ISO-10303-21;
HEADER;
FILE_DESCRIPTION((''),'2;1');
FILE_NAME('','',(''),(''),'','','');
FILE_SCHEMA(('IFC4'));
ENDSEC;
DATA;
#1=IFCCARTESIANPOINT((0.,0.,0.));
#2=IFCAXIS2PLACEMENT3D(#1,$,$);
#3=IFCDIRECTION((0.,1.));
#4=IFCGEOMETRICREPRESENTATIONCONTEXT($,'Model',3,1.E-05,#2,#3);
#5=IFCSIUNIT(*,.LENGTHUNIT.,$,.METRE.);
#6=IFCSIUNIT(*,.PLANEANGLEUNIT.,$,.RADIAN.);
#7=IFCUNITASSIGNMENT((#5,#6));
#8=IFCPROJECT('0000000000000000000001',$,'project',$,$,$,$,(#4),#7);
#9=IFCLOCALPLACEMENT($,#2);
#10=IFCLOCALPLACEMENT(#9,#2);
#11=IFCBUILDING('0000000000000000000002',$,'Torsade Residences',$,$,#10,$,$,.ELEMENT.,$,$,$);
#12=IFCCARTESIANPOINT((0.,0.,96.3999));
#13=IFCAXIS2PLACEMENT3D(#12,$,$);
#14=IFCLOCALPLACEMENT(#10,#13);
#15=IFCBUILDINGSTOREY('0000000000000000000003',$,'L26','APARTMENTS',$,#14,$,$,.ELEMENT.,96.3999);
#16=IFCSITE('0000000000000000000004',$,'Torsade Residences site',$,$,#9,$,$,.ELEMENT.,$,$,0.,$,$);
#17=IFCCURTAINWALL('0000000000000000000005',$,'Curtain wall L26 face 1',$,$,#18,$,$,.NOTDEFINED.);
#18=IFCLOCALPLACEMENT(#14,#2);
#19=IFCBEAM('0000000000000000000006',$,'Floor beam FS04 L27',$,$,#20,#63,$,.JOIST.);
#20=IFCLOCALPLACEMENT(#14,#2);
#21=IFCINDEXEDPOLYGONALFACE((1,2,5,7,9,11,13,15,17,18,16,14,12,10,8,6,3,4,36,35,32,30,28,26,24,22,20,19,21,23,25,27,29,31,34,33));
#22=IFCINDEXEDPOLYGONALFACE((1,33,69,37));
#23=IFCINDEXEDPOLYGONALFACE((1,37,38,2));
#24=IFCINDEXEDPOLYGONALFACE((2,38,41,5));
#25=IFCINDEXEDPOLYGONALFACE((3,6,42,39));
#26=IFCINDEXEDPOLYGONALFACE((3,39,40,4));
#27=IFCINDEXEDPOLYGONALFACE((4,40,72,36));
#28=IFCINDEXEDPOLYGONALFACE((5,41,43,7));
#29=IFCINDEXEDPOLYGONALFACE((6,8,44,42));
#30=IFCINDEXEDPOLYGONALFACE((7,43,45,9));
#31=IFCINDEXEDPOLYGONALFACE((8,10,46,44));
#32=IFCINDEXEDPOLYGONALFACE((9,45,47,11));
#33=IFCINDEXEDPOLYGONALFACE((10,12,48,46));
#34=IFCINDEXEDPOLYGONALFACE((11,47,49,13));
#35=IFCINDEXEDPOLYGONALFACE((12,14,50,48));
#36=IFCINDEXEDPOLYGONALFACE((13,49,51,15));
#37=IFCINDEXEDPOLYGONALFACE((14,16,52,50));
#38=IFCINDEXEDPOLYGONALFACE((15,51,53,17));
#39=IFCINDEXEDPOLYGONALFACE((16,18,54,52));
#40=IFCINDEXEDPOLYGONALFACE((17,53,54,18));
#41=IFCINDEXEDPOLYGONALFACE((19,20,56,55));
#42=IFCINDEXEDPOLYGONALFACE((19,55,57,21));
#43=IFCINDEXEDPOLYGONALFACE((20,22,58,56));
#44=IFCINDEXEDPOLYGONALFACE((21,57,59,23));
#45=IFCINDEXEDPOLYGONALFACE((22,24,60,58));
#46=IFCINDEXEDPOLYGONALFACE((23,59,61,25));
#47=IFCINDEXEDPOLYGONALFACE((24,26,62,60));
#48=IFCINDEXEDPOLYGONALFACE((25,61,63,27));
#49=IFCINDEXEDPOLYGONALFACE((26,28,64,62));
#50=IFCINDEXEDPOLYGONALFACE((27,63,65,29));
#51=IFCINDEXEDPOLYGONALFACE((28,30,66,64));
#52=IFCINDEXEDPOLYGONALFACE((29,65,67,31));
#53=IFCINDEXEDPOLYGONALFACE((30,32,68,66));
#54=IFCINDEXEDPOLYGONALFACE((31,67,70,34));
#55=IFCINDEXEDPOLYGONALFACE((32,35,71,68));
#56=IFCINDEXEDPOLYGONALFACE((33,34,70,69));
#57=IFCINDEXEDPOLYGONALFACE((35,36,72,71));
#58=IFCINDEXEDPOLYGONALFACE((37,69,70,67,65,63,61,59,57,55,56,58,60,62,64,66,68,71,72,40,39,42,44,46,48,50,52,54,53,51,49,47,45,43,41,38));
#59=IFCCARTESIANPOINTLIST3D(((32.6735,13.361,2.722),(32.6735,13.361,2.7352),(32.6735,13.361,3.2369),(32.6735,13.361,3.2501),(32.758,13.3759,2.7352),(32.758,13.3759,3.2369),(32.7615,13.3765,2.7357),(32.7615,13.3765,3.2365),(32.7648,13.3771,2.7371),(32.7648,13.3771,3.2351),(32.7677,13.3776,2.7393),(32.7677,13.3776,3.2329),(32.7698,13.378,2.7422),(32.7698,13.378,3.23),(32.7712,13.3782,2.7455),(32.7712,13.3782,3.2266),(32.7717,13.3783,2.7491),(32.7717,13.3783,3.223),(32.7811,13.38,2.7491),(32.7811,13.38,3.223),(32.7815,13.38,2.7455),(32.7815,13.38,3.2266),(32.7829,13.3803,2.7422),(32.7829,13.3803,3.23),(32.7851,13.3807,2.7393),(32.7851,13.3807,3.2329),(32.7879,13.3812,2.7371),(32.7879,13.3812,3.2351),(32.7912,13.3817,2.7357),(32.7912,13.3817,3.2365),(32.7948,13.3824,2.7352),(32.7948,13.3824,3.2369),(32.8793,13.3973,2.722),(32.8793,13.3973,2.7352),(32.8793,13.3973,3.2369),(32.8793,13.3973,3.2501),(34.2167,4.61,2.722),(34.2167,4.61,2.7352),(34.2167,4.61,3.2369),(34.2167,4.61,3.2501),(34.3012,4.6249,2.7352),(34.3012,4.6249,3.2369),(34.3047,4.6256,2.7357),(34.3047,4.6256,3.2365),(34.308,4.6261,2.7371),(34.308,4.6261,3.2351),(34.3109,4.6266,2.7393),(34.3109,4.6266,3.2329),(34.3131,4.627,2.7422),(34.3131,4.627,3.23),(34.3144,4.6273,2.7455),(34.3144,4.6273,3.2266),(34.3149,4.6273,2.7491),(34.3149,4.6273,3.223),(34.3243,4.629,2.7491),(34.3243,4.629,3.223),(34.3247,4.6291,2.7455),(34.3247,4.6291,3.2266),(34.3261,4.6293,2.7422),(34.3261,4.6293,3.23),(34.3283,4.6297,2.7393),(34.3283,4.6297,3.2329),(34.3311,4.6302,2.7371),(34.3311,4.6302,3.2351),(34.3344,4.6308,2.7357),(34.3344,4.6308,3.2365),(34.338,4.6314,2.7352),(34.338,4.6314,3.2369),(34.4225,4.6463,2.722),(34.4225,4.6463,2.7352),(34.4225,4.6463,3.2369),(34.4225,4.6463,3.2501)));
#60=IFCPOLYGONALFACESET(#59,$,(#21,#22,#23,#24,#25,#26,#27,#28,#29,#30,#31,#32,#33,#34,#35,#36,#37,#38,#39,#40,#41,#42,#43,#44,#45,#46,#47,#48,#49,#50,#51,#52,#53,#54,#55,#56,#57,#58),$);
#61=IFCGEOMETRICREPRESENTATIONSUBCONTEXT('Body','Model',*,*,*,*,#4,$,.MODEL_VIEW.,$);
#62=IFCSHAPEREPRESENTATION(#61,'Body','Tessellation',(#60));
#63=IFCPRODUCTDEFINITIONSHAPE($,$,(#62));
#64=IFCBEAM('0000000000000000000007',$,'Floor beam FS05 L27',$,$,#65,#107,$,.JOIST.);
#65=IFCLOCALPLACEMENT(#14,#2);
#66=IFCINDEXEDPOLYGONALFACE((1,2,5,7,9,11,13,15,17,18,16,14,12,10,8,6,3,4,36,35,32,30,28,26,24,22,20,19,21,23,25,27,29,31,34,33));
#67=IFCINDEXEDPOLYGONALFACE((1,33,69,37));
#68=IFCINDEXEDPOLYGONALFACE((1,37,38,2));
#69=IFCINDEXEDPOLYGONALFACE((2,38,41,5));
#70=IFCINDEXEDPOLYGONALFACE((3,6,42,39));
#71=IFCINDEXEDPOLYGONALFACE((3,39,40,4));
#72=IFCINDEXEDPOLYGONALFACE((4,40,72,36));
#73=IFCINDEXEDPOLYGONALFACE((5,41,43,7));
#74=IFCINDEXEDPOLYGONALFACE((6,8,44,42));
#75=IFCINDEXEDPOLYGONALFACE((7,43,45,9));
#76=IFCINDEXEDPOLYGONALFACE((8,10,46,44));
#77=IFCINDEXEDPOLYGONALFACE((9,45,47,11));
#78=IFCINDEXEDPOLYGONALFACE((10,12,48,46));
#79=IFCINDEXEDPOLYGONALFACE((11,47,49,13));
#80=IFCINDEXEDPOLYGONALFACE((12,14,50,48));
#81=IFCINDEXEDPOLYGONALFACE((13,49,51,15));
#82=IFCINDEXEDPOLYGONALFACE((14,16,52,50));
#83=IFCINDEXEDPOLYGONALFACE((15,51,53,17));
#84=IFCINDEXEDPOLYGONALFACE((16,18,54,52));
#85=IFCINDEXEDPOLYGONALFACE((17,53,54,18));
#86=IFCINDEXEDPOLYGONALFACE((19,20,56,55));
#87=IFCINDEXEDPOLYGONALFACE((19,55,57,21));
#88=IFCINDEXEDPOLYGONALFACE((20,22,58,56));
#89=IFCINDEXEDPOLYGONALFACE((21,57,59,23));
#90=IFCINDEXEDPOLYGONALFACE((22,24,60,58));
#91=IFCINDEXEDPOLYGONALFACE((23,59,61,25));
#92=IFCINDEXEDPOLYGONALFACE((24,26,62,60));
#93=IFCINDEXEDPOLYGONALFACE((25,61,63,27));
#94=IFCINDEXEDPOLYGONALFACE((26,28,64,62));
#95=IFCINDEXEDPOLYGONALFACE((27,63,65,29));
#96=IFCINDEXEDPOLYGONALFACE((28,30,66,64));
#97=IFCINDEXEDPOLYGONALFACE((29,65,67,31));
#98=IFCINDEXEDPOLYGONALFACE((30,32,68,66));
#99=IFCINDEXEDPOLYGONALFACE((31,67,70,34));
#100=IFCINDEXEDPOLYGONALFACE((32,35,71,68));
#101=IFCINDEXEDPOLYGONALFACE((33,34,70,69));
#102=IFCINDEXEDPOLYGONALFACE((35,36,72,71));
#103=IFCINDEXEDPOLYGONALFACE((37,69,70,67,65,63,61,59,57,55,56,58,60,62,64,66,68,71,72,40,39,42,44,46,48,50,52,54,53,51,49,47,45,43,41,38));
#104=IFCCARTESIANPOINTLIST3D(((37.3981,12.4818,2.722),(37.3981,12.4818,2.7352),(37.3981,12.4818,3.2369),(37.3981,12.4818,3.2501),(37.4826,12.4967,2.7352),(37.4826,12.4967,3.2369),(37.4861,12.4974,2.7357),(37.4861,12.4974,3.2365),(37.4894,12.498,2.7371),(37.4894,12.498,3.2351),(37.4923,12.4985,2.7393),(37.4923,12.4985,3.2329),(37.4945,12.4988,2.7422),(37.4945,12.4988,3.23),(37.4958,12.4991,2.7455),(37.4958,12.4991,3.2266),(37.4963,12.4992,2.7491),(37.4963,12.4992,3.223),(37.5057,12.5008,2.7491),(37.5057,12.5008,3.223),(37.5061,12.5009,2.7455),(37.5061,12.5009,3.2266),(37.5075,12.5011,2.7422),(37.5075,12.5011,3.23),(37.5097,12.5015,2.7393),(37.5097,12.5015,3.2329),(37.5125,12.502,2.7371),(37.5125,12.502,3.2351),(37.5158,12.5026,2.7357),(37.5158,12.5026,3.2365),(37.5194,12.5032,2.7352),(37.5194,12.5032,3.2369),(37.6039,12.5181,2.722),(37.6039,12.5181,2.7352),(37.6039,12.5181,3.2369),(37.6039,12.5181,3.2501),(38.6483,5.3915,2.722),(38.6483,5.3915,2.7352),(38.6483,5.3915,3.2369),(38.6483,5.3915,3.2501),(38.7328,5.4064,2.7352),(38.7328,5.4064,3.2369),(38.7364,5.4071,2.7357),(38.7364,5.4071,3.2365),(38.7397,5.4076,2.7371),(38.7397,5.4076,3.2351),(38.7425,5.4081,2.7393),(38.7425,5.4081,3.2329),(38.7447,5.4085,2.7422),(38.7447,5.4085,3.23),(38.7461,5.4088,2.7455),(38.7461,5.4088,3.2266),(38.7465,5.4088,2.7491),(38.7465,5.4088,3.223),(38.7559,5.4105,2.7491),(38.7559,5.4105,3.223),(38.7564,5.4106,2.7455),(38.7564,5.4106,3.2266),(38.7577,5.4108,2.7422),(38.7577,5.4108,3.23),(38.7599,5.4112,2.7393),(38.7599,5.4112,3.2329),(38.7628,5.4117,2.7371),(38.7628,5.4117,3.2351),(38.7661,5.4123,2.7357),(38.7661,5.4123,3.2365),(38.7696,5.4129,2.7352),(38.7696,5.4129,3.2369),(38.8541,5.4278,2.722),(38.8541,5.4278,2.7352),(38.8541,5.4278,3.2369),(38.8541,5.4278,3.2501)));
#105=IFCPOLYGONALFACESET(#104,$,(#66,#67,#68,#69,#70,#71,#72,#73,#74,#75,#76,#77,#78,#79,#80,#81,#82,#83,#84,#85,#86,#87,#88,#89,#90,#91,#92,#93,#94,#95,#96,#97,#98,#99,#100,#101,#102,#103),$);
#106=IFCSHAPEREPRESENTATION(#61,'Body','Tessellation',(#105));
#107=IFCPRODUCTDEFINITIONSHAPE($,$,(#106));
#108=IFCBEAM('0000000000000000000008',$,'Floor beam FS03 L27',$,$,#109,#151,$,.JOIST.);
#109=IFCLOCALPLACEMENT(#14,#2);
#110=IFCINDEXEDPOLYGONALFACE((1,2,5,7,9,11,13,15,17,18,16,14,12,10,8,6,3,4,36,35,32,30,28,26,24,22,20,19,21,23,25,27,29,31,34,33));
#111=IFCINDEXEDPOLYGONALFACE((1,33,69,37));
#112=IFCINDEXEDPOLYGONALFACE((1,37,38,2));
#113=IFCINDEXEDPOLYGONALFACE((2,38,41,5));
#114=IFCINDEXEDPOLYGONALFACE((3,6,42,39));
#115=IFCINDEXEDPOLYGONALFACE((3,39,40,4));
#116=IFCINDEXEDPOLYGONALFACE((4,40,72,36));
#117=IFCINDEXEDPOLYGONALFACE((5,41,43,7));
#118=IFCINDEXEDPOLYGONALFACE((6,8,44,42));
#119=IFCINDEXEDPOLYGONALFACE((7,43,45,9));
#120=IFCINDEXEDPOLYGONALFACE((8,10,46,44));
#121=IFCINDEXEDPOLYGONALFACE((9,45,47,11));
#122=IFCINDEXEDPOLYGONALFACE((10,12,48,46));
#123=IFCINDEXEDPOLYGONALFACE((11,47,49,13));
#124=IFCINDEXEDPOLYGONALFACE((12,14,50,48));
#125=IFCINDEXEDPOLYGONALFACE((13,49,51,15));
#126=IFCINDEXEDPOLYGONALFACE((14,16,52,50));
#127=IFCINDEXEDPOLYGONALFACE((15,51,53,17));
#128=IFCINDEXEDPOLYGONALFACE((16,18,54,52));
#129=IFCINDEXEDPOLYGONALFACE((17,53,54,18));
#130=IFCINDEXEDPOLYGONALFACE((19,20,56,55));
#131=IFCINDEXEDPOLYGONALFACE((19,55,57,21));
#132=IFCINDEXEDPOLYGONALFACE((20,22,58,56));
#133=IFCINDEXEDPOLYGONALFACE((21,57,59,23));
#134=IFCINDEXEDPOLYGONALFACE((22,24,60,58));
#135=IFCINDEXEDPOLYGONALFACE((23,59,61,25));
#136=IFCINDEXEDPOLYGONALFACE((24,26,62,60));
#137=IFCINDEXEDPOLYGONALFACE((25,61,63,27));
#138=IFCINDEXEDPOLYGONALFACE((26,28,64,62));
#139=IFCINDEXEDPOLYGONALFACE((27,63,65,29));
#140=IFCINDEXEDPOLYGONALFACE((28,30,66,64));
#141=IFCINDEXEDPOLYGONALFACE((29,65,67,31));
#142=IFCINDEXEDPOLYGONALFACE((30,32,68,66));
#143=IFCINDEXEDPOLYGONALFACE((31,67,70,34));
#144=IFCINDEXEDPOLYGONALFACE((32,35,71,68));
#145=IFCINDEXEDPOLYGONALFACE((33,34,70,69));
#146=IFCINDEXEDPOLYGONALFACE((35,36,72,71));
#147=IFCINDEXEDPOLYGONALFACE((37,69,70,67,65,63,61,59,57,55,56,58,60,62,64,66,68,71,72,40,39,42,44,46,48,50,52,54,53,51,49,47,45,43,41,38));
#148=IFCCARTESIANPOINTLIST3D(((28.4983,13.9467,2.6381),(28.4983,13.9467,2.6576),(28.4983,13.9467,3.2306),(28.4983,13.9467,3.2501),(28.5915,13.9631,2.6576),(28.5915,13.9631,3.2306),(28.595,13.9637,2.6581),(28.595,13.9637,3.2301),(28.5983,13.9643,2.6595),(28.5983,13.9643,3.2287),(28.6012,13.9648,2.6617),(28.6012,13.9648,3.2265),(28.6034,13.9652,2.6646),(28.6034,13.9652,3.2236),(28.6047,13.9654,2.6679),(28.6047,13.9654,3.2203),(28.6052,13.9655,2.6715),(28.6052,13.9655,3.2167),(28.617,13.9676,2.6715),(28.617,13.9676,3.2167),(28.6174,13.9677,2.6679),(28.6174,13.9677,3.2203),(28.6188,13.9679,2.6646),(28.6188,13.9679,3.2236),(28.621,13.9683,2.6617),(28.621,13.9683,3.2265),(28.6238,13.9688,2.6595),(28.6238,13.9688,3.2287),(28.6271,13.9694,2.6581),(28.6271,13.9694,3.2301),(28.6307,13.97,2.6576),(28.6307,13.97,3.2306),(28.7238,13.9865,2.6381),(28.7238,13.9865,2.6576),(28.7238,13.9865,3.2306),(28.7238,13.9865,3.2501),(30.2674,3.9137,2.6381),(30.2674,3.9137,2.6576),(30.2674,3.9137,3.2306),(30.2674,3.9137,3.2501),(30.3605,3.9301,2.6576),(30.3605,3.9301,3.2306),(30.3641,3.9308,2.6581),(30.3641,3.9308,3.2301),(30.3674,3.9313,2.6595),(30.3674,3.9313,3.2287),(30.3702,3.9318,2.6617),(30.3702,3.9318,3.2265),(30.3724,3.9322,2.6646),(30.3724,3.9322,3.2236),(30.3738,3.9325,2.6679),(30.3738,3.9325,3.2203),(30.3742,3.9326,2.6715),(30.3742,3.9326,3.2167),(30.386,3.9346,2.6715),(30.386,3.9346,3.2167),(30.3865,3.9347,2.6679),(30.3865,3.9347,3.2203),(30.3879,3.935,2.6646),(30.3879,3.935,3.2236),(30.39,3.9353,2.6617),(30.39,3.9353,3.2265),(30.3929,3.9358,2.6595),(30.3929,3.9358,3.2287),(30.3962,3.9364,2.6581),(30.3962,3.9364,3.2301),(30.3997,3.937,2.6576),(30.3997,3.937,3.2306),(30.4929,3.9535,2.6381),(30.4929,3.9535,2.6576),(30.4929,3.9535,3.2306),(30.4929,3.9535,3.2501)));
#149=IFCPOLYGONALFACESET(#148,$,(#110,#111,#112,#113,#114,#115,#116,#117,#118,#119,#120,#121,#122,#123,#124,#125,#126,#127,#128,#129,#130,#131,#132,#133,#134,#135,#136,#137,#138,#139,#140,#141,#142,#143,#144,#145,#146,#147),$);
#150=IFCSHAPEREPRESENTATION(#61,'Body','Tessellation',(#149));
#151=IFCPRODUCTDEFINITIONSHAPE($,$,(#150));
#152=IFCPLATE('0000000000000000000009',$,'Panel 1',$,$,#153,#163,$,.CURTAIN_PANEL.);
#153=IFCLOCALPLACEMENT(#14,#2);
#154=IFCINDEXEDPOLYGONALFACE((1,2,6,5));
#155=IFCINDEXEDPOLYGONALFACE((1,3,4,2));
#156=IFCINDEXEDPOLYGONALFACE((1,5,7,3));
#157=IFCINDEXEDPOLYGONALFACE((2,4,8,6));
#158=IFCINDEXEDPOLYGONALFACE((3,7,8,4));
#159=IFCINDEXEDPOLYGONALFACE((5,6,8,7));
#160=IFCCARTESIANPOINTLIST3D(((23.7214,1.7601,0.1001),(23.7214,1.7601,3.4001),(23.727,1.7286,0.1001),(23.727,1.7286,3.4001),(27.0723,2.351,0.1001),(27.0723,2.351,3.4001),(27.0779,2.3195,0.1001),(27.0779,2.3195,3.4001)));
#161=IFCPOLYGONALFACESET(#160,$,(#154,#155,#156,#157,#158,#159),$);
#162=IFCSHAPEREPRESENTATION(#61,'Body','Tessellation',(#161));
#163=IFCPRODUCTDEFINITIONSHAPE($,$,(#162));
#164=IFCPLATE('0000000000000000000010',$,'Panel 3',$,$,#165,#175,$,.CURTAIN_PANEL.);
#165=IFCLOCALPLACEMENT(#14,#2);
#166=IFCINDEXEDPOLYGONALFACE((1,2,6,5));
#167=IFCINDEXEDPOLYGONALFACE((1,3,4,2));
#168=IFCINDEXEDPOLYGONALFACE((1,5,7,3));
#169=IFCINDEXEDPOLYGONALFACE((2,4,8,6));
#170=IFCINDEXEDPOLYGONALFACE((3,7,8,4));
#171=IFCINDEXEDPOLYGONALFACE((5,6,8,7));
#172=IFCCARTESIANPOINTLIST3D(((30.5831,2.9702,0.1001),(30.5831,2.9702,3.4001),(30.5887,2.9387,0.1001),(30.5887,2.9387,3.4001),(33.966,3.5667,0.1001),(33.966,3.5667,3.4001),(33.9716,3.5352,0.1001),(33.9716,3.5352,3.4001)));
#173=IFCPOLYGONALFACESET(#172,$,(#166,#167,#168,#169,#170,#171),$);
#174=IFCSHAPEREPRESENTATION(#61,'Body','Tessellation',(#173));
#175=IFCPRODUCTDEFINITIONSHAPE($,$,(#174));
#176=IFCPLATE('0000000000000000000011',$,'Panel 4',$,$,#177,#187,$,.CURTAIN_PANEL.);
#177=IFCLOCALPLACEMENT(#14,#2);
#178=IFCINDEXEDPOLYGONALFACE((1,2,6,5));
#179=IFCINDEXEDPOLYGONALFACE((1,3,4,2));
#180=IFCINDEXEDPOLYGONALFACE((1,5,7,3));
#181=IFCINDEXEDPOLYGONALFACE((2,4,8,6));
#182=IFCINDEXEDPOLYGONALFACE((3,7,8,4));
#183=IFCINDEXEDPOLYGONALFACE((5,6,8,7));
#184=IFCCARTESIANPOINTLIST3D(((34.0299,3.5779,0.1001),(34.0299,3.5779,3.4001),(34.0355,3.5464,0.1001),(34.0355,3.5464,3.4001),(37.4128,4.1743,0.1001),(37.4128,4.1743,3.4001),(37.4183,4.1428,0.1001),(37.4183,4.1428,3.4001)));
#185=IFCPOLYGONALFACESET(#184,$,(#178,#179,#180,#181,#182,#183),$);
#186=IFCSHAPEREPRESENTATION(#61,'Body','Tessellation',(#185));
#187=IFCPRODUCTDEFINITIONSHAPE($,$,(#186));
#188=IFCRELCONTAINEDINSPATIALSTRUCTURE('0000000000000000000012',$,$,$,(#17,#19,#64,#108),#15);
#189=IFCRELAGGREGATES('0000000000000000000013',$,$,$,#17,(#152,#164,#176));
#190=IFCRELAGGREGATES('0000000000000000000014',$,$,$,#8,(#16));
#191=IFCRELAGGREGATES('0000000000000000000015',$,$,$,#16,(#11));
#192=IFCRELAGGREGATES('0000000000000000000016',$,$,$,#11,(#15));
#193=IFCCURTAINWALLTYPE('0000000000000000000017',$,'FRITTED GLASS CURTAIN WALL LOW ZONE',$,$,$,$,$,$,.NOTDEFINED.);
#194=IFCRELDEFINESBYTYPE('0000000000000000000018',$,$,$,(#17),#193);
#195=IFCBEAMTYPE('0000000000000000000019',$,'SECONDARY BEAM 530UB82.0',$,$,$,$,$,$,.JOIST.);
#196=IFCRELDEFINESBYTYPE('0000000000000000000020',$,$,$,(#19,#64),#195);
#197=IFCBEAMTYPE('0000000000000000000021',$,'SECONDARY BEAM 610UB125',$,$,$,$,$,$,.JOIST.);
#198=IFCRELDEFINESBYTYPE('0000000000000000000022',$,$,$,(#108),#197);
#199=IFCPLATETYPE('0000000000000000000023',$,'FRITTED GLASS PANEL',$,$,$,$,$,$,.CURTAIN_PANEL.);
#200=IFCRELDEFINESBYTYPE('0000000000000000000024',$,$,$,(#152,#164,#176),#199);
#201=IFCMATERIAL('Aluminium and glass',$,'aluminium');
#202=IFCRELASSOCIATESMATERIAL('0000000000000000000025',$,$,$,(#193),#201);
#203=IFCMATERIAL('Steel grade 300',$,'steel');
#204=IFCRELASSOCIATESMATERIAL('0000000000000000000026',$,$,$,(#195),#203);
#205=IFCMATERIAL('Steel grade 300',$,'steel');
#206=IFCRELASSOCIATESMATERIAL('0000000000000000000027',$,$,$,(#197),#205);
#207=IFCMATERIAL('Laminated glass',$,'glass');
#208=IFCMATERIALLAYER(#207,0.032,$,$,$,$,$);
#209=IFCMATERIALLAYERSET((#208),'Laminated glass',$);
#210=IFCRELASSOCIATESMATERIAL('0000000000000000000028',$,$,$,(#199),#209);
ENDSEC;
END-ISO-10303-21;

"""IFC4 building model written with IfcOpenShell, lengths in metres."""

from ifc_helpers import new_model, si_unit, direction, frame, origin, origin_2d, place, context, subcontext, project, spatial, rectangle, i_section, extrude, material, layer, layer_set, material_profile, profile_set, type_object, element, aggregate, save


model = new_model("IFC4")

# Units and contexts
model_context = context("Model", 3, precision=1e-05, world=origin(), true_north=direction((0.0, 1.0)))
body_context = subcontext(model_context, "Body", "Model", "MODEL_VIEW")
ifc_project = project(units=[si_unit("LENGTHUNIT", "METRE"), si_unit("PLANEANGLEUNIT", "RADIAN")], contexts=[model_context])

# Site, building, storey
site_placement = place(None, origin())
site = spatial("IfcSite", under=ifc_project, at=site_placement, Name="Torsade Residences site", CompositionType="ELEMENT", RefElevation=0.0)
building_placement = place(site_placement, origin())
building = spatial("IfcBuilding", under=site, at=building_placement, Name="Torsade Residences", CompositionType="ELEMENT")
storey_placement = place(building_placement, frame((0.0, 0.0, 96.3999)))
storey = spatial("IfcBuildingStorey", under=building, at=storey_placement, Name="L26", Description="APARTMENTS", CompositionType="ELEMENT", Elevation=96.3999)

# Curtain wall
ifc_material_1 = material(Name="Aluminium and glass", Category="aluminium")
curtain_wall_type = type_object("IfcCurtainWallType", Name="FRITTED GLASS CURTAIN WALL LOW ZONE", PredefinedType="NOTDEFINED", material=ifc_material_1)
curtain_wall_placement = place(storey_placement, origin())
curtain_wall = element("IfcCurtainWall", 1, at=curtain_wall_placement, inside=storey, type_object=curtain_wall_type, Name="Curtain wall L26 face 1", PredefinedType="NOTDEFINED")

# Beams
ifc_material_2 = material(Name="Steel grade 300", Category="steel")
ifc_material_profile_1 = material_profile(ifc_material_2, i_section(OverallWidth=0.209, OverallDepth=0.5281, WebThickness=0.0095, FlangeThickness=0.0132, FilletRadius=0.0139, at=origin_2d()), Name="530UB82.0")
ifc_profile_set_1 = profile_set([ifc_material_profile_1], Name="Steel grade 300")
beam_type_1 = type_object("IfcBeamType", Name="SECONDARY BEAM 530UB82.0", PredefinedType="JOIST", material=ifc_profile_set_1)
beam_1_placement = place(storey_placement, frame((34.3196, 4.6282, 2.9861), z_axis=(-0.173668, 0.984804, 0.0), x_axis=(-0.984804, -0.173668, 0.0)))
element("IfcBeam", 2, at=beam_1_placement, inside=storey, type_object=beam_type_1, Name="Floor beam FS04 L27", PredefinedType="JOIST", context=body_context, shape_type="SweptSolid", body=[
    extrude(i_section(OverallWidth=0.209, OverallDepth=0.5281, WebThickness=0.0095, FlangeThickness=0.0132, FilletRadius=0.0139, at=origin_2d()), origin(), (0.0, 0.0, 1.0), 8.886),
])
beam_2_placement = place(storey_placement, frame((38.7512, 5.4097, 2.9861), z_axis=(-0.173652, 0.984807, 0.0), x_axis=(-0.984807, -0.173652, 0.0)))
element("IfcBeam", 3, at=beam_2_placement, inside=storey, type_object=beam_type_1, Name="Floor beam FS05 L27", PredefinedType="JOIST", context=body_context, shape_type="SweptSolid", body=[
    extrude(i_section(OverallWidth=0.209, OverallDepth=0.5281, WebThickness=0.0095, FlangeThickness=0.0132, FilletRadius=0.0139, at=origin_2d()), origin(), (0.0, 0.0, 1.0), 7.1997),
])
ifc_material_3 = material(Name="Steel grade 300", Category="steel")
ifc_material_profile_2 = material_profile(ifc_material_3, i_section(OverallWidth=0.229, OverallDepth=0.6121, WebThickness=0.012, FlangeThickness=0.0195, FilletRadius=0.0139, at=origin_2d()), Name="610UB125")
ifc_profile_set_2 = profile_set([ifc_material_profile_2], Name="Steel grade 300")
beam_type_2 = type_object("IfcBeamType", Name="SECONDARY BEAM 610UB125", PredefinedType="JOIST", material=ifc_profile_set_2)
beam_3_placement = place(storey_placement, frame((30.3801, 3.9336, 2.9441), z_axis=(-0.173645, 0.984808, 0.0), x_axis=(-0.984808, -0.173645, 0.0)))
element("IfcBeam", 4, at=beam_3_placement, inside=storey, type_object=beam_type_2, Name="Floor beam FS03 L27", PredefinedType="JOIST", context=body_context, shape_type="SweptSolid", body=[
    extrude(i_section(OverallWidth=0.229, OverallDepth=0.6121, WebThickness=0.012, FlangeThickness=0.0195, FilletRadius=0.0139, at=origin_2d()), origin(), (0.0, 0.0, 1.0), 10.1877),
])

# Plates
ifc_material_4 = material(Name="Laminated glass", Category="glass")
ifc_layer_1 = layer(ifc_material_4, 0.032)
ifc_layer_set_1 = layer_set([ifc_layer_1], Name="Laminated glass")
plate_type_1 = type_object("IfcPlateType", Name="FRITTED GLASS PANEL", PredefinedType="CURTAIN_PANEL", material=ifc_layer_set_1)
plate_1_placement = place(storey_placement, frame((25.3997, 2.0398, 0.1001), z_axis=(0.0, 0.0, 1.0), x_axis=(0.984808, 0.173648, 0.0)))
plate_1 = element("IfcPlate", 5, at=plate_1_placement, type_object=plate_type_1, Name="Panel 1", PredefinedType="CURTAIN_PANEL", context=body_context, shape_type="SweptSolid", body=[
    extrude(rectangle(XDim=3.4026, YDim=0.032, at=origin_2d()), origin(), (0.0, 0.0, 1.0), 3.3),
])
plate_2_placement = place(storey_placement, frame((32.2773, 3.2527, 0.1001), z_axis=(0.0, 0.0, 1.0), x_axis=(0.984808, 0.173648, 0.0)))
plate_2 = element("IfcPlate", 6, at=plate_2_placement, type_object=plate_type_1, Name="Panel 3", PredefinedType="CURTAIN_PANEL", context=body_context, shape_type="SweptSolid", body=[
    extrude(rectangle(XDim=3.4351, YDim=0.032, at=origin_2d()), origin(), (0.0, 0.0, 1.0), 3.3),
])
plate_3_placement = place(storey_placement, frame((35.7241, 3.8604, 0.1001), z_axis=(0.0, 0.0, 1.0), x_axis=(0.984808, 0.173648, 0.0)))
plate_3 = element("IfcPlate", 7, at=plate_3_placement, type_object=plate_type_1, Name="Panel 4", PredefinedType="CURTAIN_PANEL", context=body_context, shape_type="SweptSolid", body=[
    extrude(rectangle(XDim=3.4351, YDim=0.032, at=origin_2d()), origin(), (0.0, 0.0, 1.0), 3.3),
])
aggregate(curtain_wall, [plate_1, plate_2, plate_3])

save(model, "model.ifc")
